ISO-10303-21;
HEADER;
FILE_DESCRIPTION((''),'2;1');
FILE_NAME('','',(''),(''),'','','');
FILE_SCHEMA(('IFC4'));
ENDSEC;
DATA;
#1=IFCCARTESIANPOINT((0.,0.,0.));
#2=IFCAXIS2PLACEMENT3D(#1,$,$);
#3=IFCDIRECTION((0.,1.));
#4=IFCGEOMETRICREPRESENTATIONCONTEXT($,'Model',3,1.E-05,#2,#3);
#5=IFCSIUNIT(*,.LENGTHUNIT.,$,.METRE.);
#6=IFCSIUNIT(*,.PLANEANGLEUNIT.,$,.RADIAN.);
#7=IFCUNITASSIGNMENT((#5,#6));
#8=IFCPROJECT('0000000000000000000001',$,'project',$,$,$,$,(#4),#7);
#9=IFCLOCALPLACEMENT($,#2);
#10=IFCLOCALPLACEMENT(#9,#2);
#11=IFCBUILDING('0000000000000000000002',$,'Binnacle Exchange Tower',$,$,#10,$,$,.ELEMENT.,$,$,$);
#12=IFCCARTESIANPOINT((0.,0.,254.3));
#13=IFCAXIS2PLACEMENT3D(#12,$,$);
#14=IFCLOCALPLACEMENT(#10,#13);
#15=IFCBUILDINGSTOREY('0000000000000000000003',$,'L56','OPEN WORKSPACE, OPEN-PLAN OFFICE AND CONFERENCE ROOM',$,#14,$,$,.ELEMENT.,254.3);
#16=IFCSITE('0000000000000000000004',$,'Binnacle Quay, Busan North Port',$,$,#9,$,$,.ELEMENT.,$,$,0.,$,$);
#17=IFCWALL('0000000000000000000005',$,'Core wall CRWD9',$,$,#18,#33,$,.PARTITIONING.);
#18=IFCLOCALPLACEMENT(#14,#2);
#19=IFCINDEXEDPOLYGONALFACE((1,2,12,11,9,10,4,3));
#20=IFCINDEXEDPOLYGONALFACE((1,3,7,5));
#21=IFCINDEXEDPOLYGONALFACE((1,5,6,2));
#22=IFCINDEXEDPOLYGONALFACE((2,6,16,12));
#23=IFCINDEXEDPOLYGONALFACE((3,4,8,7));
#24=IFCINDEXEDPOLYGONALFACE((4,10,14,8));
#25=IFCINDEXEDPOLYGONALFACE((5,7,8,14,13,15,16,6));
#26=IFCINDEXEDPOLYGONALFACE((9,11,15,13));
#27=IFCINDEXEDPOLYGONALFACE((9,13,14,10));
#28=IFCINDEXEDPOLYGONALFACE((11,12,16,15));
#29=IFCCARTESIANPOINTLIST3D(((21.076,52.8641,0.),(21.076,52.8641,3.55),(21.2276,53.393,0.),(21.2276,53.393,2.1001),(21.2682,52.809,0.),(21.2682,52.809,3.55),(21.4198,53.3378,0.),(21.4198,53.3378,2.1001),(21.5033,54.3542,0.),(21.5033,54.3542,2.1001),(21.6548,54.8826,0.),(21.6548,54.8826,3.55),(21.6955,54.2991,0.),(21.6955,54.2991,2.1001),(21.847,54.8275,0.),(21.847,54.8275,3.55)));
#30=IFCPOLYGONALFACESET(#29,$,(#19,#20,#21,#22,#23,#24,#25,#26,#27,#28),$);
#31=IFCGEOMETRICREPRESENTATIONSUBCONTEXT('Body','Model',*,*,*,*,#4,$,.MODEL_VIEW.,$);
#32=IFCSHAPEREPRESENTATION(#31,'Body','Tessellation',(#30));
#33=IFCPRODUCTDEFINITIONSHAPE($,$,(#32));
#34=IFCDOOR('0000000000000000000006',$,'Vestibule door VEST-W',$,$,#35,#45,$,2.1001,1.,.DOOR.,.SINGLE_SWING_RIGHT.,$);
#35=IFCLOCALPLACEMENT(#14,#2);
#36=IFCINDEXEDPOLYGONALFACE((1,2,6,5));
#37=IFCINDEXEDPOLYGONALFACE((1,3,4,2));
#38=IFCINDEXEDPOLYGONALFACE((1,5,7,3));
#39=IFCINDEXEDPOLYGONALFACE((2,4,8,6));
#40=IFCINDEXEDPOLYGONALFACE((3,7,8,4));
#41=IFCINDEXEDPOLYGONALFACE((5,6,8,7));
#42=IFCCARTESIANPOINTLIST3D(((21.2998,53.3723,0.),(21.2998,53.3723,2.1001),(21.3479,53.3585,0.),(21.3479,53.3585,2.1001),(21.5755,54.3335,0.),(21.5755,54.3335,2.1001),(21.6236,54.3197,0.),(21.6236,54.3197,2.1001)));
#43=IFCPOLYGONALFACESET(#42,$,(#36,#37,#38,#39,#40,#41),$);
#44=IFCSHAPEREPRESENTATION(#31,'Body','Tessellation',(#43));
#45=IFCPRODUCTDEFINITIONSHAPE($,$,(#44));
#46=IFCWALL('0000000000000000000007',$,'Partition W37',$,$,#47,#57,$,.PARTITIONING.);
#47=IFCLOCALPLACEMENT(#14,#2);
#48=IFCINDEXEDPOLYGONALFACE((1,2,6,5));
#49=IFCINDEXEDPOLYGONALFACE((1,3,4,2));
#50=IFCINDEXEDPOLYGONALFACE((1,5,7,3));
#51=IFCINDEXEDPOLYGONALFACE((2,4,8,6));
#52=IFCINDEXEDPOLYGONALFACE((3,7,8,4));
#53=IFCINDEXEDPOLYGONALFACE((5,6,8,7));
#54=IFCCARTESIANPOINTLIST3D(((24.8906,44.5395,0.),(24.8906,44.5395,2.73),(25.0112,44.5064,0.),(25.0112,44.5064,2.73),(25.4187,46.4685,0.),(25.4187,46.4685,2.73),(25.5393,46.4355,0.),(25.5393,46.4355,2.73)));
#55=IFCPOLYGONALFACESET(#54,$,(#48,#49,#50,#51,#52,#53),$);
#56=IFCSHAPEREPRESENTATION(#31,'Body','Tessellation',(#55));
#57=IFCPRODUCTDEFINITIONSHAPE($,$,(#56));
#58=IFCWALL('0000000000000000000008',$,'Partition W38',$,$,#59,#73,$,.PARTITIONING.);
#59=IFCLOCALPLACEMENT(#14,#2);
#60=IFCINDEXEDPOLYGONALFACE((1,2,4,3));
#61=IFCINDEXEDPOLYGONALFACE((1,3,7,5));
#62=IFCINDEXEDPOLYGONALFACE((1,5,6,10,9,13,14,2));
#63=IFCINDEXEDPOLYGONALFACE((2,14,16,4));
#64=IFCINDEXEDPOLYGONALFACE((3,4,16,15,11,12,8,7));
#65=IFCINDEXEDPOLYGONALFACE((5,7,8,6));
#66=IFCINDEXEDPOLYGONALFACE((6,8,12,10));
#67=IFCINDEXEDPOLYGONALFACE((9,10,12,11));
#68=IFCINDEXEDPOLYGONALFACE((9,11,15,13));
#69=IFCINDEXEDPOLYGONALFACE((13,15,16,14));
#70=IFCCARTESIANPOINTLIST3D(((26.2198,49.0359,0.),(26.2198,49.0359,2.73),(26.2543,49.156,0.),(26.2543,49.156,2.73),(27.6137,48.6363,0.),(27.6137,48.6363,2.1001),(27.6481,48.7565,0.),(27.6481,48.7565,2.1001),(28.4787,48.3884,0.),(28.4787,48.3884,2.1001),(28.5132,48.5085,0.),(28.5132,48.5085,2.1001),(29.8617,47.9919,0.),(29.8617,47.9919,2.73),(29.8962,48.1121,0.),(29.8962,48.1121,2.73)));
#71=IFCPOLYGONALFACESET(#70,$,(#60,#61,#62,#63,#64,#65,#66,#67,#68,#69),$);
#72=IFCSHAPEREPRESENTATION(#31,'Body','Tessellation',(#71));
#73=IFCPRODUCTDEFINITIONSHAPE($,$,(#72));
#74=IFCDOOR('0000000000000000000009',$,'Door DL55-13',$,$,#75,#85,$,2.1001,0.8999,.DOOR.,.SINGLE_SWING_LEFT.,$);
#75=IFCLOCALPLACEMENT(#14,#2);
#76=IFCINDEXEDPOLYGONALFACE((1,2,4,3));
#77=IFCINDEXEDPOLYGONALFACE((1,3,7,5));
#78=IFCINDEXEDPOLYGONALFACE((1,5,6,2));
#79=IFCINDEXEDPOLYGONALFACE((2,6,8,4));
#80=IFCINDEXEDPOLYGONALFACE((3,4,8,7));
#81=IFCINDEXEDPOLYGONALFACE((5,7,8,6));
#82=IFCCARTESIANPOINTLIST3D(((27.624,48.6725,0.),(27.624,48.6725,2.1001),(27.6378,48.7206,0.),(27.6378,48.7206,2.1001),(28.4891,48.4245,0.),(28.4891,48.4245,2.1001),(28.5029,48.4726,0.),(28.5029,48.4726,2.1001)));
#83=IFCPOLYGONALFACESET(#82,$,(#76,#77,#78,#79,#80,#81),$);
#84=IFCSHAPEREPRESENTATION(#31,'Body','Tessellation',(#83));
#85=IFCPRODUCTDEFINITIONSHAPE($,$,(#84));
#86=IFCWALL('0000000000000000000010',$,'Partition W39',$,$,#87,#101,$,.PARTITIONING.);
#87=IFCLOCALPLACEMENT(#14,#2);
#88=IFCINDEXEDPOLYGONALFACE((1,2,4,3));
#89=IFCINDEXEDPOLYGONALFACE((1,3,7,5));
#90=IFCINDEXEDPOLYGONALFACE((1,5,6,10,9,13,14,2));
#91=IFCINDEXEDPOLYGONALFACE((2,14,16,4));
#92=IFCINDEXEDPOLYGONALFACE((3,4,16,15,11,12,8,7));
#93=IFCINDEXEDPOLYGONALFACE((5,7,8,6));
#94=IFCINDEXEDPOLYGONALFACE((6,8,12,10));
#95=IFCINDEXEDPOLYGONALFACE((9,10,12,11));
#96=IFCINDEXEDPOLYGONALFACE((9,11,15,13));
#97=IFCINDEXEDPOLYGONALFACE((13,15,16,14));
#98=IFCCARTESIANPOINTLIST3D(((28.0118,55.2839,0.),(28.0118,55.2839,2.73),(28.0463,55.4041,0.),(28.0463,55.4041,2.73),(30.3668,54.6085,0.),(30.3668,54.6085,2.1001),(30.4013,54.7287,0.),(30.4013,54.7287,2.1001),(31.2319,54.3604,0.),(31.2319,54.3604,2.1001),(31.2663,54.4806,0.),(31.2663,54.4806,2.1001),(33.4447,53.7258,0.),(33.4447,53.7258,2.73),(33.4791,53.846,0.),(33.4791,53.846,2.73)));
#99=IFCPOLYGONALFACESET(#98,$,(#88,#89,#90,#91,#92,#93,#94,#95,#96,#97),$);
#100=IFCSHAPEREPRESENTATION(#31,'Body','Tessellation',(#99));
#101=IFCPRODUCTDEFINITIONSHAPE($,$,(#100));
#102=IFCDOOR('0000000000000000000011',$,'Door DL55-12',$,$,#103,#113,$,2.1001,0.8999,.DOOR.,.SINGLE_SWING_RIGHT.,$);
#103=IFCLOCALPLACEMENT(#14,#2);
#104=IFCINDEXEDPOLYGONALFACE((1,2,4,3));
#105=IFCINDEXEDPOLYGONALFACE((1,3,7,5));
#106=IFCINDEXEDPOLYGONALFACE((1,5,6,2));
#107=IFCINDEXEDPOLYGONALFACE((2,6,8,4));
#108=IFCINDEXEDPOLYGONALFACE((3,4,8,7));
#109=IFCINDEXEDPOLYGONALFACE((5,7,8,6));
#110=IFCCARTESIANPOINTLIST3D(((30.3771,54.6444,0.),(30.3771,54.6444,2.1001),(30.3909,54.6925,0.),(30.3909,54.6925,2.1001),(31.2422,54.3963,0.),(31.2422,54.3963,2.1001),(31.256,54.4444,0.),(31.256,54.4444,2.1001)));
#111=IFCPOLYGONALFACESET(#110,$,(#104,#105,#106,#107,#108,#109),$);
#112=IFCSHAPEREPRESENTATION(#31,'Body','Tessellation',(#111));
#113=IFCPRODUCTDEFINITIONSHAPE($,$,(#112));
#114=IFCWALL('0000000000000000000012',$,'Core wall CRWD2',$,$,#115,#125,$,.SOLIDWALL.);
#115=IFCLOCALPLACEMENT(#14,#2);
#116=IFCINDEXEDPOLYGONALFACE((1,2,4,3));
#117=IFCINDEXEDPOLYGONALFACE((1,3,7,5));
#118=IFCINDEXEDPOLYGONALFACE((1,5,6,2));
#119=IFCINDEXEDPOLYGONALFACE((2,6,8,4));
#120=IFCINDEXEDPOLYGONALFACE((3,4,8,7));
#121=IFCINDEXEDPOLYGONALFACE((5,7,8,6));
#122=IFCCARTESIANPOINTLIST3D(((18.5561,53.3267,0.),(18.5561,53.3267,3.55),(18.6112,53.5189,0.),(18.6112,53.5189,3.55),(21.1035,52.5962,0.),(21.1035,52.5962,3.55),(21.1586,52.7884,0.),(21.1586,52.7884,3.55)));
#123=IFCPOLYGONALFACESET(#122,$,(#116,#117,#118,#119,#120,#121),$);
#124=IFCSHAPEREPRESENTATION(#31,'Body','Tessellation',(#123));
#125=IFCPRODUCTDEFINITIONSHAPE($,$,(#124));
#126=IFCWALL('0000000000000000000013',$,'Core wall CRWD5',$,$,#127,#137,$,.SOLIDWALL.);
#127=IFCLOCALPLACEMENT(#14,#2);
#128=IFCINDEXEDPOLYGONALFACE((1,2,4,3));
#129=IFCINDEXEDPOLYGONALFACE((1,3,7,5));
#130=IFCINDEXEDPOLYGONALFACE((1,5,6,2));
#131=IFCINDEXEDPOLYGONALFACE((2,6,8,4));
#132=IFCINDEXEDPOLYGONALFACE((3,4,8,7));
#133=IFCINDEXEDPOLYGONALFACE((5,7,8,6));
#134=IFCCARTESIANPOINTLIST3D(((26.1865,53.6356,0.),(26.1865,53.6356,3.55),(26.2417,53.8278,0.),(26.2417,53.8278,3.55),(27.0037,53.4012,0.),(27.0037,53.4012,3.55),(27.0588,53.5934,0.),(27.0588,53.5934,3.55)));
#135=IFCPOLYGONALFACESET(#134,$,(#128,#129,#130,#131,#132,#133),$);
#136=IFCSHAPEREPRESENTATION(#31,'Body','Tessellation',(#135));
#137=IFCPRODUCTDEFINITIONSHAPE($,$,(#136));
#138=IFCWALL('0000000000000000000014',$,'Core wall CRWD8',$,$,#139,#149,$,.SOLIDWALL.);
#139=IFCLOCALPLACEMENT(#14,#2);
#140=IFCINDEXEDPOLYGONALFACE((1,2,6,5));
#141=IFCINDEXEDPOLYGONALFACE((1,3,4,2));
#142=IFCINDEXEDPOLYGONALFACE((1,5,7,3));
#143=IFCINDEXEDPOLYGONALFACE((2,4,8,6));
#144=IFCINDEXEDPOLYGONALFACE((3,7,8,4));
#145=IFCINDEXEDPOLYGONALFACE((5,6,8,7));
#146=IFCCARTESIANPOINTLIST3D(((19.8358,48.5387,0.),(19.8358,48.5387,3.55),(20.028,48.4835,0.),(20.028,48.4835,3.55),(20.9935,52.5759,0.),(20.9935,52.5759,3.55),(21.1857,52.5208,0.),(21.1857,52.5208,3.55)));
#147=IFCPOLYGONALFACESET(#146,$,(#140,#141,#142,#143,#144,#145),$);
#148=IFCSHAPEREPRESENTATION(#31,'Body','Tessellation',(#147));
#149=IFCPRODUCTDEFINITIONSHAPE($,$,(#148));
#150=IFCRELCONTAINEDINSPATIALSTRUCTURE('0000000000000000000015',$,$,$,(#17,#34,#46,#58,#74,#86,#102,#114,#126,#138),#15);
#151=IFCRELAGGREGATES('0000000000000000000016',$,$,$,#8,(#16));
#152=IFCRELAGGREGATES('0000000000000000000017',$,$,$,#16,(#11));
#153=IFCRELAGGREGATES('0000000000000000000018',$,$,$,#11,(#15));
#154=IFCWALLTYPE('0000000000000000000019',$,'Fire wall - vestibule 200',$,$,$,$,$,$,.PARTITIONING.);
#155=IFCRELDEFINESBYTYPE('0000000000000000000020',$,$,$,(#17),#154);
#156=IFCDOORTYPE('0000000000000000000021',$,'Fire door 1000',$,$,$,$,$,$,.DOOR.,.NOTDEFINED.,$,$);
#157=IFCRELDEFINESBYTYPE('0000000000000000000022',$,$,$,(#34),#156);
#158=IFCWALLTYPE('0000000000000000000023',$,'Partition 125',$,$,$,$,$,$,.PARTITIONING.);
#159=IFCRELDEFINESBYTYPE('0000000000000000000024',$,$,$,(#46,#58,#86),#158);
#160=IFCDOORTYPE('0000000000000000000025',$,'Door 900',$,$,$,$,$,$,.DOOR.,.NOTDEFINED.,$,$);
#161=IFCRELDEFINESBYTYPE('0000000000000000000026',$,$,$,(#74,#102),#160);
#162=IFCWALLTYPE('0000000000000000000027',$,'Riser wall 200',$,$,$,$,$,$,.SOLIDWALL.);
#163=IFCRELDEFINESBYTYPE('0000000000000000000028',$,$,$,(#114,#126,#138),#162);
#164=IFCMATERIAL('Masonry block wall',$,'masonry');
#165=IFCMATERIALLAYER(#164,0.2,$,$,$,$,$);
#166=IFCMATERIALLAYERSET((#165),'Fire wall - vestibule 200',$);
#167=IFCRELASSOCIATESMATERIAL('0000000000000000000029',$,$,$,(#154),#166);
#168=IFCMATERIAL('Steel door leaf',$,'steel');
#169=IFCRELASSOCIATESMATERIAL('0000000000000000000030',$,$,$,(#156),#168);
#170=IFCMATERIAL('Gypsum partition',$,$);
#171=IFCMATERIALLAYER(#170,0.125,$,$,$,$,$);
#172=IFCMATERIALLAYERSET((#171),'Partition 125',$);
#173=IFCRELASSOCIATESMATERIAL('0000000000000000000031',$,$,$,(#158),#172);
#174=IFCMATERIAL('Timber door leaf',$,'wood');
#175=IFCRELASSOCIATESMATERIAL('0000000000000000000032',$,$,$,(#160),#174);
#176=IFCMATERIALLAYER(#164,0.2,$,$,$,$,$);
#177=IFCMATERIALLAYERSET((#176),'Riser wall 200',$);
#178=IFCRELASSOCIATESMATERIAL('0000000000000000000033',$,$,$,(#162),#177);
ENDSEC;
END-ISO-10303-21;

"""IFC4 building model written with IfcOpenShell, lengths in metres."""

from ifc_helpers import new_model, si_unit, direction, frame, frame_2d, origin, place, context, subcontext, project, spatial, rectangle, extrude, material, layer, layer_set, type_object, element, fill, save


model = new_model("IFC4")

# Units and contexts
model_context = context("Model", 3, precision=1e-05, world=origin(), true_north=direction((0.0, 1.0)))
body_context = subcontext(model_context, "Body", "Model", "MODEL_VIEW")
ifc_project = project(units=[si_unit("LENGTHUNIT", "METRE"), si_unit("PLANEANGLEUNIT", "RADIAN")], contexts=[model_context])

# Site, building, storey
site_placement = place(None, origin())
site = spatial("IfcSite", under=ifc_project, at=site_placement, Name="Binnacle Quay, Busan North Port", CompositionType="ELEMENT", RefElevation=0.0)
building_placement = place(site_placement, origin())
building = spatial("IfcBuilding", under=site, at=building_placement, Name="Binnacle Exchange Tower", CompositionType="ELEMENT")
storey_placement = place(building_placement, frame((0.0, 0.0, 254.3)))
storey = spatial("IfcBuildingStorey", under=building, at=storey_placement, Name="L56", Description="OPEN WORKSPACE, OPEN-PLAN OFFICE AND CONFERENCE ROOM", CompositionType="ELEMENT", Elevation=254.3)

# Shared definitions
ifc_material_1 = material(Name="Steel door leaf", Category="steel")

# Wall, opening, door
ifc_material_2 = material(Name="Masonry block wall", Category="masonry")
ifc_layer_1 = layer(ifc_material_2, 0.2)
ifc_layer_set_1 = layer_set([ifc_layer_1], Name="Fire wall - vestibule 200")
wall_type_1 = type_object("IfcWallType", Name="Fire wall - vestibule 200", PredefinedType="PARTITIONING", material=ifc_layer_set_1)
wall_1_placement = place(storey_placement, frame((21.1721, 52.8367, 0.0), z_axis=(0.0, 0.0, 1.0), x_axis=(0.275658, 0.961256, 0.0)))
wall_1 = element("IfcWall", 1, at=wall_1_placement, inside=storey, type_object=wall_type_1, Name="Core wall CRWD9", PredefinedType="PARTITIONING", context=body_context, shape_type="SweptSolid", body=[
    extrude(rectangle(XDim=2.0999, YDim=0.2, at=frame_2d((1.0498, 0.0))), origin(), (0.0, 0.0, 1.0), 3.55),
])
opening_1_placement = place(wall_1_placement, frame((0.55, 0.0, 0.0)))
opening_1 = element("IfcOpeningElement", 2, at=opening_1_placement, cuts=wall_1, PredefinedType="OPENING", context=body_context, shape_type="SweptSolid", body=[
    extrude(rectangle(XDim=1.0, YDim=2.1001, at=frame_2d((0.5, 1.05))), frame((0.0, 0.1099, 0.0), z_axis=(0.0, -1.0, 0.0), x_axis=(1.0, 0.0, 0.0)), (0.0, 0.0, 1.0), 0.22),
])
door_type_1 = type_object("IfcDoorType", Name="Fire door 1000", OperationType="NOTDEFINED", PredefinedType="DOOR", material=ifc_material_1)
door_1_placement = place(opening_1_placement, origin())
door_1 = element("IfcDoor", 3, at=door_1_placement, inside=storey, type_object=door_type_1, Name="Vestibule door VEST-W", OperationType="SINGLE_SWING_RIGHT", OverallHeight=2.1001, OverallWidth=1.0, PredefinedType="DOOR", context=body_context, shape_type="SweptSolid", body=[
    extrude(rectangle(XDim=1.0, YDim=2.1001, at=frame_2d((0.5, 1.05))), frame((0.0, 0.0249, 0.0), z_axis=(0.0, -1.0, 0.0), x_axis=(1.0, 0.0, 0.0)), (0.0, 0.0, 1.0), 0.05),
])
fill(opening_1, door_1)

# Wall
ifc_material_3 = material(Name="Gypsum partition")
ifc_layer_2 = layer(ifc_material_3, 0.125)
ifc_layer_set_2 = layer_set([ifc_layer_2], Name="Partition 125")
wall_type_2 = type_object("IfcWallType", Name="Partition 125", PredefinedType="PARTITIONING", material=ifc_layer_set_2)
wall_2_placement = place(storey_placement, frame((24.9509, 44.5229, 0.0), z_axis=(0.0, 0.0, 1.0), x_axis=(0.264047, 0.96451, 0.0)))
element("IfcWall", 4, at=wall_2_placement, inside=storey, type_object=wall_type_2, Name="Partition W37", PredefinedType="PARTITIONING", context=body_context, shape_type="SweptSolid", body=[
    extrude(rectangle(XDim=2.0, YDim=0.125, at=frame_2d((1.0, 0.0))), origin(), (0.0, 0.0, 1.0), 2.73),
])

# Walls, openings, doors
wall_3_placement = place(storey_placement, frame((26.2371, 49.0959, 0.0), z_axis=(0.0, 0.0, 1.0), x_axis=(0.961285, -0.275555, 0.0)))
wall_3 = element("IfcWall", 5, at=wall_3_placement, inside=storey, type_object=wall_type_2, Name="Partition W38", PredefinedType="PARTITIONING", context=body_context, shape_type="SweptSolid", body=[
    extrude(rectangle(XDim=3.7886, YDim=0.125, at=frame_2d((1.8943, 0.0))), origin(), (0.0, 0.0, 1.0), 2.73),
])
opening_2_placement = place(wall_3_placement, frame((1.45, 0.0, 0.0)))
opening_2 = element("IfcOpeningElement", 6, at=opening_2_placement, cuts=wall_3, PredefinedType="OPENING", context=body_context, shape_type="SweptSolid", body=[
    extrude(rectangle(XDim=0.8999, YDim=2.1001, at=frame_2d((0.45, 1.05))), frame((0.0, 0.0725, 0.0), z_axis=(0.0, -1.0, 0.0), x_axis=(1.0, 0.0, 0.0)), (0.0, 0.0, 1.0), 0.145),
])
ifc_material_4 = material(Name="Timber door leaf", Category="wood")
door_type_2 = type_object("IfcDoorType", Name="Door 900", OperationType="NOTDEFINED", PredefinedType="DOOR", material=ifc_material_4)
door_2_placement = place(opening_2_placement, frame((0.8999, 0.0, 0.0), z_axis=(0.0, 0.0, 1.0), x_axis=(-1.0, 0.0, 0.0)))
door_2 = element("IfcDoor", 7, at=door_2_placement, inside=storey, type_object=door_type_2, Name="Door DL55-13", OperationType="SINGLE_SWING_LEFT", OverallHeight=2.1001, OverallWidth=0.8999, PredefinedType="DOOR", context=body_context, shape_type="SweptSolid", body=[
    extrude(rectangle(XDim=0.8999, YDim=2.1001, at=frame_2d((0.45, 1.05))), frame((0.0, 0.0249, 0.0), z_axis=(0.0, -1.0, 0.0), x_axis=(1.0, 0.0, 0.0)), (0.0, 0.0, 1.0), 0.05),
])
fill(opening_2, door_2)
wall_4_placement = place(storey_placement, frame((28.0291, 55.344, 0.0), z_axis=(0.0, 0.0, 1.0), x_axis=(0.96125, -0.275679, 0.0)))
wall_4 = element("IfcWall", 8, at=wall_4_placement, inside=storey, type_object=wall_type_2, Name="Partition W39", PredefinedType="PARTITIONING", context=body_context, shape_type="SweptSolid", body=[
    extrude(rectangle(XDim=5.6519, YDim=0.125, at=frame_2d((2.8259, 0.0))), origin(), (0.0, 0.0, 1.0), 2.73),
])
opening_3_placement = place(wall_4_placement, frame((2.45, 0.0, 0.0)))
opening_3 = element("IfcOpeningElement", 9, at=opening_3_placement, cuts=wall_4, PredefinedType="OPENING", context=body_context, shape_type="SweptSolid", body=[
    extrude(rectangle(XDim=0.8999, YDim=2.1001, at=frame_2d((0.45, 1.05))), frame((0.0, 0.0725, 0.0), z_axis=(0.0, -1.0, 0.0), x_axis=(1.0, 0.0, 0.0)), (0.0, 0.0, 1.0), 0.145),
])
door_3_placement = place(opening_3_placement, origin())
door_3 = element("IfcDoor", 10, at=door_3_placement, inside=storey, type_object=door_type_2, Name="Door DL55-12", OperationType="SINGLE_SWING_RIGHT", OverallHeight=2.1001, OverallWidth=0.8999, PredefinedType="DOOR", context=body_context, shape_type="SweptSolid", body=[
    extrude(rectangle(XDim=0.8999, YDim=2.1001, at=frame_2d((0.45, 1.05))), frame((0.0, 0.0249, 0.0), z_axis=(0.0, -1.0, 0.0), x_axis=(1.0, 0.0, 0.0)), (0.0, 0.0, 1.0), 0.05),
])
fill(opening_3, door_3)

# Walls
ifc_layer_3 = layer(ifc_material_2, 0.2)
ifc_layer_set_3 = layer_set([ifc_layer_3], Name="Riser wall 200")
wall_type_3 = type_object("IfcWallType", Name="Riser wall 200", PredefinedType="SOLIDWALL", material=ifc_layer_set_3)
wall_5_placement = place(storey_placement, frame((18.5835, 53.4229, 0.0), z_axis=(0.0, 0.0, 1.0), x_axis=(0.961259, -0.275646, 0.0)))
element("IfcWall", 11, at=wall_5_placement, inside=storey, type_object=wall_type_3, Name="Core wall CRWD2", PredefinedType="SOLIDWALL", context=body_context, shape_type="SweptSolid", body=[
    extrude(rectangle(XDim=2.6501, YDim=0.2, at=frame_2d((1.3252, 0.0))), origin(), (0.0, 0.0, 1.0), 3.55),
])
wall_6_placement = place(storey_placement, frame((26.2141, 53.7317, 0.0), z_axis=(0.0, 0.0, 1.0), x_axis=(0.961242, -0.275707, 0.0)))
element("IfcWall", 12, at=wall_6_placement, inside=storey, type_object=wall_type_3, Name="Core wall CRWD5", PredefinedType="SOLIDWALL", context=body_context, shape_type="SweptSolid", body=[
    extrude(rectangle(XDim=0.8501, YDim=0.2, at=frame_2d((0.425, 0.0))), origin(), (0.0, 0.0, 1.0), 3.55),
])
wall_7_placement = place(storey_placement, frame((19.9319, 48.511, 0.0), z_axis=(0.0, 0.0, 1.0), x_axis=(0.275642, 0.96126, 0.0)))
element("IfcWall", 13, at=wall_7_placement, inside=storey, type_object=wall_type_3, Name="Core wall CRWD8", PredefinedType="SOLIDWALL", context=body_context, shape_type="SweptSolid", body=[
    extrude(rectangle(XDim=4.2, YDim=0.2, at=frame_2d((2.1001, 0.0))), origin(), (0.0, 0.0, 1.0), 3.55),
])

save(model, "model.ifc")
